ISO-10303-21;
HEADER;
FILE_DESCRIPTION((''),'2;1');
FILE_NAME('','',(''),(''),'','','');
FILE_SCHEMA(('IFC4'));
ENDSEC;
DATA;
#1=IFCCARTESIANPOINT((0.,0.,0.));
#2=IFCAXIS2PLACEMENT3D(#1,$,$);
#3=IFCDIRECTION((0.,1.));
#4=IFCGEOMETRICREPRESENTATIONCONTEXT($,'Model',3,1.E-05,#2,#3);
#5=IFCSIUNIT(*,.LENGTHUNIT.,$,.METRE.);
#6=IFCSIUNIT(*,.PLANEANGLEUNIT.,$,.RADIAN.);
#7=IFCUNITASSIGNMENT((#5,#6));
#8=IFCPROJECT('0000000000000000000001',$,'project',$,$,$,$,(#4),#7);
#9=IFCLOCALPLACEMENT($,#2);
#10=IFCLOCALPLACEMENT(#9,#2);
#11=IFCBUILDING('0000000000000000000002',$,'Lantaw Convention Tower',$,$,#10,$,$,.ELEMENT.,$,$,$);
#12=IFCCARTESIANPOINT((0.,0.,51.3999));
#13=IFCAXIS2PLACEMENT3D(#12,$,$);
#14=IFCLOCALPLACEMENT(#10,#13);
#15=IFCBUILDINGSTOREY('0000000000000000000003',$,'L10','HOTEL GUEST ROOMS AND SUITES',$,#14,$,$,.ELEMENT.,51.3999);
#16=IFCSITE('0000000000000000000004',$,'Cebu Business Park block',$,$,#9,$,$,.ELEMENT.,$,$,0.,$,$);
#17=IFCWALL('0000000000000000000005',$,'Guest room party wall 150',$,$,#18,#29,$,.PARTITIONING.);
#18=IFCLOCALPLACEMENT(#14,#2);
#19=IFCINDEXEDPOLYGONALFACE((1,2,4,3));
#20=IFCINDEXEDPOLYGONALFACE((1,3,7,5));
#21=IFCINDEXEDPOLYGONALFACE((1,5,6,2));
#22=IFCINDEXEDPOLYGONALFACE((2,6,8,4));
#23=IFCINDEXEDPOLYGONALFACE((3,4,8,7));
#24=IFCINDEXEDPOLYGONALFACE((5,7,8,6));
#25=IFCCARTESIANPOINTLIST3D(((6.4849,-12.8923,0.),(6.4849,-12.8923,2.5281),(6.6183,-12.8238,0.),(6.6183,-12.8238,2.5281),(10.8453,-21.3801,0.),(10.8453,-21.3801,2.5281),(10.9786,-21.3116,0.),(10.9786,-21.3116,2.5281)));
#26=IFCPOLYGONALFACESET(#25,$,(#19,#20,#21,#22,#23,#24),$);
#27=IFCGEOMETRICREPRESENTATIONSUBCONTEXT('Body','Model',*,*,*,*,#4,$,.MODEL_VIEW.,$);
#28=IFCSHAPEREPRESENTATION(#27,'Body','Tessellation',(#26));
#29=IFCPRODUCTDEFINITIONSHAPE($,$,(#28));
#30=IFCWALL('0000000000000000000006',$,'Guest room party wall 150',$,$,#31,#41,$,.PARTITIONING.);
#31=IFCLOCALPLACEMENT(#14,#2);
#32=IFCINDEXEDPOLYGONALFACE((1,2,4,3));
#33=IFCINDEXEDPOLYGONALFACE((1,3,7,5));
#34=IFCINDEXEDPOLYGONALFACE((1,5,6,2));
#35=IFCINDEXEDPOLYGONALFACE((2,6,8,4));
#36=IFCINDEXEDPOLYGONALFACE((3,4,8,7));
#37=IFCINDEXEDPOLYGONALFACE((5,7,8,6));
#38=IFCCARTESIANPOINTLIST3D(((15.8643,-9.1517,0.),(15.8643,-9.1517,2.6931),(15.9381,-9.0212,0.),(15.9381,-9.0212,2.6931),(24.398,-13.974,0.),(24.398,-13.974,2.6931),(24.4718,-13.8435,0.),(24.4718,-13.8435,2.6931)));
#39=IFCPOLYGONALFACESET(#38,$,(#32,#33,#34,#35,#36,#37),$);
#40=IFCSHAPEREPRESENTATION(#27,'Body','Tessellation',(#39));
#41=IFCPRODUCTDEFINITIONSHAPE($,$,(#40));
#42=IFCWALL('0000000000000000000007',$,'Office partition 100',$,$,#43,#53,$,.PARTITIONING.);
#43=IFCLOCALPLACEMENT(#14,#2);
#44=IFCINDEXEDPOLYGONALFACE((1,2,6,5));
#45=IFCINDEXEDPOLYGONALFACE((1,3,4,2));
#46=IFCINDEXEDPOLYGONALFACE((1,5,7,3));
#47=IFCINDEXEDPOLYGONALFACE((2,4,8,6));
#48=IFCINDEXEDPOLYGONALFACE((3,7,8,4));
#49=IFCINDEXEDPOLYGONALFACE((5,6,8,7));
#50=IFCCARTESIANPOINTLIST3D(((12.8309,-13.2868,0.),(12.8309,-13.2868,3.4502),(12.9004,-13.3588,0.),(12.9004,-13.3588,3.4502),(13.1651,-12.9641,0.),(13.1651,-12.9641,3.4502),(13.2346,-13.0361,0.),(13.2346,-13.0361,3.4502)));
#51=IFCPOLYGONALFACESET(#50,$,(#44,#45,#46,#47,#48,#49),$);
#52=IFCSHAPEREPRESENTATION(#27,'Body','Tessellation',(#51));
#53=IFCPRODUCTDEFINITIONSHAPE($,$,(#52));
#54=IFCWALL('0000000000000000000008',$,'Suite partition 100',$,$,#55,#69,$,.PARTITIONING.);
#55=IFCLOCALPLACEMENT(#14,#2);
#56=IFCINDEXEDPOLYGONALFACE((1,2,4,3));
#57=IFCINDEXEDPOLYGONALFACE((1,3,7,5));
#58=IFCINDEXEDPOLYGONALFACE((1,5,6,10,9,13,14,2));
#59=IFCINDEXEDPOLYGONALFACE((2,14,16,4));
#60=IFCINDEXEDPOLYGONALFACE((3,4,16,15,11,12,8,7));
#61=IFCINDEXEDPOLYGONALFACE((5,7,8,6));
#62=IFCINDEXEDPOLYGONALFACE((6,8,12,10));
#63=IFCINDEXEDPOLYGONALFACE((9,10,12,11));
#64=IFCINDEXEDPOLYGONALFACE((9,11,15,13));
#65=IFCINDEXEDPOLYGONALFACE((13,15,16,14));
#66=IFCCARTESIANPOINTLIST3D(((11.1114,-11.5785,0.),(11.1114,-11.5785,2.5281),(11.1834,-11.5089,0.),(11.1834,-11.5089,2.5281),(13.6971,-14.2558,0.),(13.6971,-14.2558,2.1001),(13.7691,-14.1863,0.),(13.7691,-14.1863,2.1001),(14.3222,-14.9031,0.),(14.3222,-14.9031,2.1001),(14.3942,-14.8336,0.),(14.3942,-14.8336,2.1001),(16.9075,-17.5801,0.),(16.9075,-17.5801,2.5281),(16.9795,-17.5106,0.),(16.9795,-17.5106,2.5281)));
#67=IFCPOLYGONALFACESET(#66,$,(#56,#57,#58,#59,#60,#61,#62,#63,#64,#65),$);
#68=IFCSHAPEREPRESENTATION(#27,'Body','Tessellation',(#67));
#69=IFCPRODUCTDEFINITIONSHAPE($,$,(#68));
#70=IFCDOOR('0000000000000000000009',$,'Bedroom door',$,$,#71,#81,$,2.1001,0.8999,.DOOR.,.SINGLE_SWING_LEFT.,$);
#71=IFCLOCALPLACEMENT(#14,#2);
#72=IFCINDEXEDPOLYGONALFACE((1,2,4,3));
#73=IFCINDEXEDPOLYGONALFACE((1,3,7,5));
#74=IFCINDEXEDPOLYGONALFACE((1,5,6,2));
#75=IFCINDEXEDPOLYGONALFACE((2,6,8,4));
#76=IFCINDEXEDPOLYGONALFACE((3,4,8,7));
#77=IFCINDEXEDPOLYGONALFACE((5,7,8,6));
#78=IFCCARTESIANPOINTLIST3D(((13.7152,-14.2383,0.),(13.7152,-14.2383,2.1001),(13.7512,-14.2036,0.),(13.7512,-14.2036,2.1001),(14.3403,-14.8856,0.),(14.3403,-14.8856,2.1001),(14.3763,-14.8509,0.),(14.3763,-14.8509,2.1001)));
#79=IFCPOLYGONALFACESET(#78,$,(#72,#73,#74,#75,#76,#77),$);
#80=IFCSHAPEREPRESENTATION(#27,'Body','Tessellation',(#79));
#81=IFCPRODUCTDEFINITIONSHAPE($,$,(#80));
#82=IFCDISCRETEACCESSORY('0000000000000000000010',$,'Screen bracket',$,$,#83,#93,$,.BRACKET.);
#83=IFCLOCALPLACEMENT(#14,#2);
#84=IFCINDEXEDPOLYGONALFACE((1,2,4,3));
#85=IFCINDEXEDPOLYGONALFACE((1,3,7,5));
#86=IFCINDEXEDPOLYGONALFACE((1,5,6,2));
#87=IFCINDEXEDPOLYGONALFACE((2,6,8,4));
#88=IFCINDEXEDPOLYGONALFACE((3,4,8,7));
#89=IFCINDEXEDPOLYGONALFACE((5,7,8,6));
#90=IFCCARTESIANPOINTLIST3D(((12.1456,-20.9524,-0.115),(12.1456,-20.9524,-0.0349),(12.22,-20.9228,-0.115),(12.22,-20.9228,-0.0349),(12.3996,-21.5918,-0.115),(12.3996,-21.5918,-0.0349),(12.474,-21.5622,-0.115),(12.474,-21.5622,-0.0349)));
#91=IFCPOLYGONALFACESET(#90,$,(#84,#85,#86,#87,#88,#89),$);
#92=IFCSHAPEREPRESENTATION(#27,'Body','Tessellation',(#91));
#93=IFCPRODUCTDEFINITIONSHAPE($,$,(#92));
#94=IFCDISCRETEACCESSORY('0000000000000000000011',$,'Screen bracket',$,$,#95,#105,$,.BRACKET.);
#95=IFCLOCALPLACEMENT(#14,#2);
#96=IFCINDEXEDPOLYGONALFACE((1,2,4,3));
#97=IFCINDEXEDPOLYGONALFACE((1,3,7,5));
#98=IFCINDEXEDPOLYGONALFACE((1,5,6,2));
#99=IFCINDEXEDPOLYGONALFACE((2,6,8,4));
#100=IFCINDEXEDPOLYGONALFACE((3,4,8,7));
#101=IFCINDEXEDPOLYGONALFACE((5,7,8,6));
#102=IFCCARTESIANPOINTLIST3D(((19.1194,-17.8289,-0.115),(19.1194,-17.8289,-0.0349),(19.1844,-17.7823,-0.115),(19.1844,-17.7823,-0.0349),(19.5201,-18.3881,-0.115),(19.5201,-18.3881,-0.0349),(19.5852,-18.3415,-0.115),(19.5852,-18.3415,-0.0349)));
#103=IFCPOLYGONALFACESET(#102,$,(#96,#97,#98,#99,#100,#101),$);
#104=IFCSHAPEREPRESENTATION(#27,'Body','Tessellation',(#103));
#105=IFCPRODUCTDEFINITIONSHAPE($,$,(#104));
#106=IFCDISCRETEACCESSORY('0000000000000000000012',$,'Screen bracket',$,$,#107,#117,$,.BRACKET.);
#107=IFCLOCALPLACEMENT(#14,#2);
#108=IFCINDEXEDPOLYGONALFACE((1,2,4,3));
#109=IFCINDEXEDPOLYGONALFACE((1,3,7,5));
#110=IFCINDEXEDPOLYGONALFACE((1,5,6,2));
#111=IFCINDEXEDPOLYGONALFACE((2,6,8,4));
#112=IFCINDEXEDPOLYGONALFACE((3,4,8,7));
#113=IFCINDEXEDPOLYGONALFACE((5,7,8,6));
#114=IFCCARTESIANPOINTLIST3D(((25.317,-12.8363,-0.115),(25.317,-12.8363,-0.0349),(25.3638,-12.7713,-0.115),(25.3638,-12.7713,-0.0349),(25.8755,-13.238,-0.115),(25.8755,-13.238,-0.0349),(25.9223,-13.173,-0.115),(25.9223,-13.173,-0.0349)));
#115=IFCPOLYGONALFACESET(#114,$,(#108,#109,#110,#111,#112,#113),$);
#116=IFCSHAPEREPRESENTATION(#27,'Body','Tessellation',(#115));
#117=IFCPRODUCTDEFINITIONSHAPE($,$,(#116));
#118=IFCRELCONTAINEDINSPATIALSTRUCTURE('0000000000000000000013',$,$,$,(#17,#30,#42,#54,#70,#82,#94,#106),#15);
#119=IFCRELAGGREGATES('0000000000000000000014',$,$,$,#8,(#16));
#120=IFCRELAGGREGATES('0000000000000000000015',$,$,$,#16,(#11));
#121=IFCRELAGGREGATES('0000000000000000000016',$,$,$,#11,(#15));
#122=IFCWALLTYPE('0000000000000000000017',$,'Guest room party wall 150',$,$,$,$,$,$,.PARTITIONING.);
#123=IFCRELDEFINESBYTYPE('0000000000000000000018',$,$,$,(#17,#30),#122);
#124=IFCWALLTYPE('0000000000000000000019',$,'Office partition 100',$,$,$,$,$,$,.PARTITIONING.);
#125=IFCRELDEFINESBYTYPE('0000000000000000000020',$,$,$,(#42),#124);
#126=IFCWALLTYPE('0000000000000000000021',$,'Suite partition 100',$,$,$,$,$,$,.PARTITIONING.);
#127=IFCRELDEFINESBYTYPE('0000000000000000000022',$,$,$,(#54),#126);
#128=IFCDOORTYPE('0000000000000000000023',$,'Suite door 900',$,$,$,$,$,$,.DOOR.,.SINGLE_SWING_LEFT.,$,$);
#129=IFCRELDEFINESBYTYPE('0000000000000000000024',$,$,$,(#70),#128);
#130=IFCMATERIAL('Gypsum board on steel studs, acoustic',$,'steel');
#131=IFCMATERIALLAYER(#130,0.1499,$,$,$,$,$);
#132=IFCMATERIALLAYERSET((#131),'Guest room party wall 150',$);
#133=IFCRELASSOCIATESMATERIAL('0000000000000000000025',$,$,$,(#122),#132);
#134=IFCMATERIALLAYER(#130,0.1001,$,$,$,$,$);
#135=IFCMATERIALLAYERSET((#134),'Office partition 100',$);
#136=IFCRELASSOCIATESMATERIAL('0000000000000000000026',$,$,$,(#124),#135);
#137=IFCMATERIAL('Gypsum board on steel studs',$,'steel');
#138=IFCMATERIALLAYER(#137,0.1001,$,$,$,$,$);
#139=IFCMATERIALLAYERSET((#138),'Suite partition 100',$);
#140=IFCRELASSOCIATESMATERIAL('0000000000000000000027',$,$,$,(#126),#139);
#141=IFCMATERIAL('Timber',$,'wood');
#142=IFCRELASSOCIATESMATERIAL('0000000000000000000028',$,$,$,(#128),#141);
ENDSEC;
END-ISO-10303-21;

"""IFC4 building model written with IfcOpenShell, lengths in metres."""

from ifc_helpers import new_model, si_unit, direction, frame, frame_2d, origin, origin_2d, place, context, subcontext, project, spatial, rectangle, extrude, material, layer, layer_set, type_object, element, fill, save


model = new_model("IFC4")

# Units and contexts
model_context = context("Model", 3, precision=1e-05, world=origin(), true_north=direction((0.0, 1.0)))
body_context = subcontext(model_context, "Body", "Model", "MODEL_VIEW")
ifc_project = project(units=[si_unit("LENGTHUNIT", "METRE"), si_unit("PLANEANGLEUNIT", "RADIAN")], contexts=[model_context])

# Site, building, storey
site_placement = place(None, origin())
site = spatial("IfcSite", under=ifc_project, at=site_placement, Name="Cebu Business Park block", CompositionType="ELEMENT", RefElevation=0.0)
building_placement = place(site_placement, origin())
building = spatial("IfcBuilding", under=site, at=building_placement, Name="Lantaw Convention Tower", CompositionType="ELEMENT")
storey_placement = place(building_placement, frame((0.0, 0.0, 51.3999)))
storey = spatial("IfcBuildingStorey", under=building, at=storey_placement, Name="L10", Description="HOTEL GUEST ROOMS AND SUITES", CompositionType="ELEMENT", Elevation=51.3999)

# Walls
ifc_material_1 = material(Name="Gypsum board on steel studs, acoustic", Category="steel")
ifc_layer_1 = layer(ifc_material_1, 0.1499)
ifc_layer_set_1 = layer_set([ifc_layer_1], Name="Guest room party wall 150")
wall_type_1 = type_object("IfcWallType", Name="Guest room party wall 150", PredefinedType="PARTITIONING", material=ifc_layer_set_1)
wall_1_placement = place(storey_placement, frame((10.9119, -21.3457, 0.0), z_axis=(0.0, 0.0, 1.0), x_axis=(-0.45695, 0.889492, 0.0)))
element("IfcWall", 1, at=wall_1_placement, inside=storey, type_object=wall_type_1, Name="Guest room party wall 150", PredefinedType="PARTITIONING", context=body_context, shape_type="SweptSolid", body=[
    extrude(rectangle(XDim=9.5422, YDim=0.1499, at=frame_2d((4.771, 0.0))), origin(), (0.0, 0.0, 1.0), 2.5281),
])
wall_2_placement = place(storey_placement, frame((24.4348, -13.9087, 0.0), z_axis=(0.0, 0.0, 1.0), x_axis=(-0.870612, 0.49197, 0.0)))
element("IfcWall", 2, at=wall_2_placement, inside=storey, type_object=wall_type_1, Name="Guest room party wall 150", PredefinedType="PARTITIONING", context=body_context, shape_type="SweptSolid", body=[
    extrude(rectangle(XDim=9.802, YDim=0.1499, at=frame_2d((4.9009, 0.0))), origin(), (0.0, 0.0, 1.0), 2.6931),
])
ifc_layer_2 = layer(ifc_material_1, 0.1001)
ifc_layer_set_2 = layer_set([ifc_layer_2], Name="Office partition 100")
wall_type_2 = type_object("IfcWallType", Name="Office partition 100", PredefinedType="PARTITIONING", material=ifc_layer_set_2)
wall_3_placement = place(storey_placement, frame((13.2, -13.0, 0.0), z_axis=(0.0, 0.0, 1.0), x_axis=(-0.719347, -0.694651, 0.0)))
element("IfcWall", 3, at=wall_3_placement, inside=storey, type_object=wall_type_2, Name="Office partition 100", PredefinedType="PARTITIONING", context=body_context, shape_type="SweptSolid", body=[
    extrude(rectangle(XDim=0.4646, YDim=0.1001, at=frame_2d((0.2324, 0.0))), origin(), (0.0, 0.0, 1.0), 3.4502),
])

# Wall, opening, door
ifc_material_2 = material(Name="Gypsum board on steel studs", Category="steel")
ifc_layer_3 = layer(ifc_material_2, 0.1001)
ifc_layer_set_3 = layer_set([ifc_layer_3], Name="Suite partition 100")
wall_type_3 = type_object("IfcWallType", Name="Suite partition 100", PredefinedType="PARTITIONING", material=ifc_layer_set_3)
wall_4_placement = place(storey_placement, frame((16.9436, -17.5454, 0.0), z_axis=(0.0, 0.0, 1.0), x_axis=(-0.694681, 0.719318, 0.0)))
wall_4 = element("IfcWall", 4, at=wall_4_placement, inside=storey, type_object=wall_type_3, Name="Suite partition 100", PredefinedType="PARTITIONING", context=body_context, shape_type="SweptSolid", body=[
    extrude(rectangle(XDim=8.3435, YDim=0.1001, at=frame_2d((4.1719, 0.0))), origin(), (0.0, 0.0, 1.0), 2.5281),
])
opening_1_placement = place(wall_4_placement, frame((3.7217, 0.0, 0.0)))
opening_1 = element("IfcOpeningElement", 5, at=opening_1_placement, cuts=wall_4, PredefinedType="OPENING", context=body_context, shape_type="SweptSolid", body=[
    extrude(rectangle(XDim=0.8999, YDim=2.1001, at=frame_2d((0.45, 1.05))), frame((0.0, 0.0601, 0.0), z_axis=(0.0, -1.0, 0.0), x_axis=(1.0, 0.0, 0.0)), (0.0, 0.0, 1.0), 0.1201),
])
ifc_material_3 = material(Name="Timber", Category="wood")
door_type_1 = type_object("IfcDoorType", Name="Suite door 900", OperationType="SINGLE_SWING_LEFT", PredefinedType="DOOR", material=ifc_material_3)
door_1_placement = place(opening_1_placement, origin())
door_1 = element("IfcDoor", 6, at=door_1_placement, inside=storey, type_object=door_type_1, Name="Bedroom door", OperationType="SINGLE_SWING_LEFT", OverallHeight=2.1001, OverallWidth=0.8999, PredefinedType="DOOR", context=body_context, shape_type="SweptSolid", body=[
    extrude(rectangle(XDim=0.8999, YDim=2.1001, at=frame_2d((0.45, 1.05))), frame((0.0, 0.0249, 0.0), z_axis=(0.0, -1.0, 0.0), x_axis=(1.0, 0.0, 0.0)), (0.0, 0.0, 1.0), 0.05),
])
fill(opening_1, door_1)

# Discrete accessories
for number, where, z_axis, x_axis, name in (
    (7, (12.3098, -21.2573, -0.115), (0.0, 0.0, 1.0), (0.929361, 0.369172, 0.0), "Screen bracket"),
    (8, (19.3523, -18.0852, -0.115), (0.0, 0.0, 1.0), (0.812804, 0.582538, 0.0), "Screen bracket"),
    (9, (25.6196, -13.0046, -0.115), (0.0, 0.0, 1.0), (0.583951, 0.811789, 0.0), "Screen bracket"),
):
    element("IfcDiscreteAccessory", number, at=place(storey_placement, frame(where, z_axis=z_axis, x_axis=x_axis)), inside=storey, Name=name, PredefinedType="BRACKET", context=body_context, shape_type="SweptSolid", body=[
        extrude(rectangle(XDim=0.0801, YDim=0.688, at=origin_2d()), origin(), (0.0, 0.0, 1.0), 0.0801),
    ])

save(model, "model.ifc")
